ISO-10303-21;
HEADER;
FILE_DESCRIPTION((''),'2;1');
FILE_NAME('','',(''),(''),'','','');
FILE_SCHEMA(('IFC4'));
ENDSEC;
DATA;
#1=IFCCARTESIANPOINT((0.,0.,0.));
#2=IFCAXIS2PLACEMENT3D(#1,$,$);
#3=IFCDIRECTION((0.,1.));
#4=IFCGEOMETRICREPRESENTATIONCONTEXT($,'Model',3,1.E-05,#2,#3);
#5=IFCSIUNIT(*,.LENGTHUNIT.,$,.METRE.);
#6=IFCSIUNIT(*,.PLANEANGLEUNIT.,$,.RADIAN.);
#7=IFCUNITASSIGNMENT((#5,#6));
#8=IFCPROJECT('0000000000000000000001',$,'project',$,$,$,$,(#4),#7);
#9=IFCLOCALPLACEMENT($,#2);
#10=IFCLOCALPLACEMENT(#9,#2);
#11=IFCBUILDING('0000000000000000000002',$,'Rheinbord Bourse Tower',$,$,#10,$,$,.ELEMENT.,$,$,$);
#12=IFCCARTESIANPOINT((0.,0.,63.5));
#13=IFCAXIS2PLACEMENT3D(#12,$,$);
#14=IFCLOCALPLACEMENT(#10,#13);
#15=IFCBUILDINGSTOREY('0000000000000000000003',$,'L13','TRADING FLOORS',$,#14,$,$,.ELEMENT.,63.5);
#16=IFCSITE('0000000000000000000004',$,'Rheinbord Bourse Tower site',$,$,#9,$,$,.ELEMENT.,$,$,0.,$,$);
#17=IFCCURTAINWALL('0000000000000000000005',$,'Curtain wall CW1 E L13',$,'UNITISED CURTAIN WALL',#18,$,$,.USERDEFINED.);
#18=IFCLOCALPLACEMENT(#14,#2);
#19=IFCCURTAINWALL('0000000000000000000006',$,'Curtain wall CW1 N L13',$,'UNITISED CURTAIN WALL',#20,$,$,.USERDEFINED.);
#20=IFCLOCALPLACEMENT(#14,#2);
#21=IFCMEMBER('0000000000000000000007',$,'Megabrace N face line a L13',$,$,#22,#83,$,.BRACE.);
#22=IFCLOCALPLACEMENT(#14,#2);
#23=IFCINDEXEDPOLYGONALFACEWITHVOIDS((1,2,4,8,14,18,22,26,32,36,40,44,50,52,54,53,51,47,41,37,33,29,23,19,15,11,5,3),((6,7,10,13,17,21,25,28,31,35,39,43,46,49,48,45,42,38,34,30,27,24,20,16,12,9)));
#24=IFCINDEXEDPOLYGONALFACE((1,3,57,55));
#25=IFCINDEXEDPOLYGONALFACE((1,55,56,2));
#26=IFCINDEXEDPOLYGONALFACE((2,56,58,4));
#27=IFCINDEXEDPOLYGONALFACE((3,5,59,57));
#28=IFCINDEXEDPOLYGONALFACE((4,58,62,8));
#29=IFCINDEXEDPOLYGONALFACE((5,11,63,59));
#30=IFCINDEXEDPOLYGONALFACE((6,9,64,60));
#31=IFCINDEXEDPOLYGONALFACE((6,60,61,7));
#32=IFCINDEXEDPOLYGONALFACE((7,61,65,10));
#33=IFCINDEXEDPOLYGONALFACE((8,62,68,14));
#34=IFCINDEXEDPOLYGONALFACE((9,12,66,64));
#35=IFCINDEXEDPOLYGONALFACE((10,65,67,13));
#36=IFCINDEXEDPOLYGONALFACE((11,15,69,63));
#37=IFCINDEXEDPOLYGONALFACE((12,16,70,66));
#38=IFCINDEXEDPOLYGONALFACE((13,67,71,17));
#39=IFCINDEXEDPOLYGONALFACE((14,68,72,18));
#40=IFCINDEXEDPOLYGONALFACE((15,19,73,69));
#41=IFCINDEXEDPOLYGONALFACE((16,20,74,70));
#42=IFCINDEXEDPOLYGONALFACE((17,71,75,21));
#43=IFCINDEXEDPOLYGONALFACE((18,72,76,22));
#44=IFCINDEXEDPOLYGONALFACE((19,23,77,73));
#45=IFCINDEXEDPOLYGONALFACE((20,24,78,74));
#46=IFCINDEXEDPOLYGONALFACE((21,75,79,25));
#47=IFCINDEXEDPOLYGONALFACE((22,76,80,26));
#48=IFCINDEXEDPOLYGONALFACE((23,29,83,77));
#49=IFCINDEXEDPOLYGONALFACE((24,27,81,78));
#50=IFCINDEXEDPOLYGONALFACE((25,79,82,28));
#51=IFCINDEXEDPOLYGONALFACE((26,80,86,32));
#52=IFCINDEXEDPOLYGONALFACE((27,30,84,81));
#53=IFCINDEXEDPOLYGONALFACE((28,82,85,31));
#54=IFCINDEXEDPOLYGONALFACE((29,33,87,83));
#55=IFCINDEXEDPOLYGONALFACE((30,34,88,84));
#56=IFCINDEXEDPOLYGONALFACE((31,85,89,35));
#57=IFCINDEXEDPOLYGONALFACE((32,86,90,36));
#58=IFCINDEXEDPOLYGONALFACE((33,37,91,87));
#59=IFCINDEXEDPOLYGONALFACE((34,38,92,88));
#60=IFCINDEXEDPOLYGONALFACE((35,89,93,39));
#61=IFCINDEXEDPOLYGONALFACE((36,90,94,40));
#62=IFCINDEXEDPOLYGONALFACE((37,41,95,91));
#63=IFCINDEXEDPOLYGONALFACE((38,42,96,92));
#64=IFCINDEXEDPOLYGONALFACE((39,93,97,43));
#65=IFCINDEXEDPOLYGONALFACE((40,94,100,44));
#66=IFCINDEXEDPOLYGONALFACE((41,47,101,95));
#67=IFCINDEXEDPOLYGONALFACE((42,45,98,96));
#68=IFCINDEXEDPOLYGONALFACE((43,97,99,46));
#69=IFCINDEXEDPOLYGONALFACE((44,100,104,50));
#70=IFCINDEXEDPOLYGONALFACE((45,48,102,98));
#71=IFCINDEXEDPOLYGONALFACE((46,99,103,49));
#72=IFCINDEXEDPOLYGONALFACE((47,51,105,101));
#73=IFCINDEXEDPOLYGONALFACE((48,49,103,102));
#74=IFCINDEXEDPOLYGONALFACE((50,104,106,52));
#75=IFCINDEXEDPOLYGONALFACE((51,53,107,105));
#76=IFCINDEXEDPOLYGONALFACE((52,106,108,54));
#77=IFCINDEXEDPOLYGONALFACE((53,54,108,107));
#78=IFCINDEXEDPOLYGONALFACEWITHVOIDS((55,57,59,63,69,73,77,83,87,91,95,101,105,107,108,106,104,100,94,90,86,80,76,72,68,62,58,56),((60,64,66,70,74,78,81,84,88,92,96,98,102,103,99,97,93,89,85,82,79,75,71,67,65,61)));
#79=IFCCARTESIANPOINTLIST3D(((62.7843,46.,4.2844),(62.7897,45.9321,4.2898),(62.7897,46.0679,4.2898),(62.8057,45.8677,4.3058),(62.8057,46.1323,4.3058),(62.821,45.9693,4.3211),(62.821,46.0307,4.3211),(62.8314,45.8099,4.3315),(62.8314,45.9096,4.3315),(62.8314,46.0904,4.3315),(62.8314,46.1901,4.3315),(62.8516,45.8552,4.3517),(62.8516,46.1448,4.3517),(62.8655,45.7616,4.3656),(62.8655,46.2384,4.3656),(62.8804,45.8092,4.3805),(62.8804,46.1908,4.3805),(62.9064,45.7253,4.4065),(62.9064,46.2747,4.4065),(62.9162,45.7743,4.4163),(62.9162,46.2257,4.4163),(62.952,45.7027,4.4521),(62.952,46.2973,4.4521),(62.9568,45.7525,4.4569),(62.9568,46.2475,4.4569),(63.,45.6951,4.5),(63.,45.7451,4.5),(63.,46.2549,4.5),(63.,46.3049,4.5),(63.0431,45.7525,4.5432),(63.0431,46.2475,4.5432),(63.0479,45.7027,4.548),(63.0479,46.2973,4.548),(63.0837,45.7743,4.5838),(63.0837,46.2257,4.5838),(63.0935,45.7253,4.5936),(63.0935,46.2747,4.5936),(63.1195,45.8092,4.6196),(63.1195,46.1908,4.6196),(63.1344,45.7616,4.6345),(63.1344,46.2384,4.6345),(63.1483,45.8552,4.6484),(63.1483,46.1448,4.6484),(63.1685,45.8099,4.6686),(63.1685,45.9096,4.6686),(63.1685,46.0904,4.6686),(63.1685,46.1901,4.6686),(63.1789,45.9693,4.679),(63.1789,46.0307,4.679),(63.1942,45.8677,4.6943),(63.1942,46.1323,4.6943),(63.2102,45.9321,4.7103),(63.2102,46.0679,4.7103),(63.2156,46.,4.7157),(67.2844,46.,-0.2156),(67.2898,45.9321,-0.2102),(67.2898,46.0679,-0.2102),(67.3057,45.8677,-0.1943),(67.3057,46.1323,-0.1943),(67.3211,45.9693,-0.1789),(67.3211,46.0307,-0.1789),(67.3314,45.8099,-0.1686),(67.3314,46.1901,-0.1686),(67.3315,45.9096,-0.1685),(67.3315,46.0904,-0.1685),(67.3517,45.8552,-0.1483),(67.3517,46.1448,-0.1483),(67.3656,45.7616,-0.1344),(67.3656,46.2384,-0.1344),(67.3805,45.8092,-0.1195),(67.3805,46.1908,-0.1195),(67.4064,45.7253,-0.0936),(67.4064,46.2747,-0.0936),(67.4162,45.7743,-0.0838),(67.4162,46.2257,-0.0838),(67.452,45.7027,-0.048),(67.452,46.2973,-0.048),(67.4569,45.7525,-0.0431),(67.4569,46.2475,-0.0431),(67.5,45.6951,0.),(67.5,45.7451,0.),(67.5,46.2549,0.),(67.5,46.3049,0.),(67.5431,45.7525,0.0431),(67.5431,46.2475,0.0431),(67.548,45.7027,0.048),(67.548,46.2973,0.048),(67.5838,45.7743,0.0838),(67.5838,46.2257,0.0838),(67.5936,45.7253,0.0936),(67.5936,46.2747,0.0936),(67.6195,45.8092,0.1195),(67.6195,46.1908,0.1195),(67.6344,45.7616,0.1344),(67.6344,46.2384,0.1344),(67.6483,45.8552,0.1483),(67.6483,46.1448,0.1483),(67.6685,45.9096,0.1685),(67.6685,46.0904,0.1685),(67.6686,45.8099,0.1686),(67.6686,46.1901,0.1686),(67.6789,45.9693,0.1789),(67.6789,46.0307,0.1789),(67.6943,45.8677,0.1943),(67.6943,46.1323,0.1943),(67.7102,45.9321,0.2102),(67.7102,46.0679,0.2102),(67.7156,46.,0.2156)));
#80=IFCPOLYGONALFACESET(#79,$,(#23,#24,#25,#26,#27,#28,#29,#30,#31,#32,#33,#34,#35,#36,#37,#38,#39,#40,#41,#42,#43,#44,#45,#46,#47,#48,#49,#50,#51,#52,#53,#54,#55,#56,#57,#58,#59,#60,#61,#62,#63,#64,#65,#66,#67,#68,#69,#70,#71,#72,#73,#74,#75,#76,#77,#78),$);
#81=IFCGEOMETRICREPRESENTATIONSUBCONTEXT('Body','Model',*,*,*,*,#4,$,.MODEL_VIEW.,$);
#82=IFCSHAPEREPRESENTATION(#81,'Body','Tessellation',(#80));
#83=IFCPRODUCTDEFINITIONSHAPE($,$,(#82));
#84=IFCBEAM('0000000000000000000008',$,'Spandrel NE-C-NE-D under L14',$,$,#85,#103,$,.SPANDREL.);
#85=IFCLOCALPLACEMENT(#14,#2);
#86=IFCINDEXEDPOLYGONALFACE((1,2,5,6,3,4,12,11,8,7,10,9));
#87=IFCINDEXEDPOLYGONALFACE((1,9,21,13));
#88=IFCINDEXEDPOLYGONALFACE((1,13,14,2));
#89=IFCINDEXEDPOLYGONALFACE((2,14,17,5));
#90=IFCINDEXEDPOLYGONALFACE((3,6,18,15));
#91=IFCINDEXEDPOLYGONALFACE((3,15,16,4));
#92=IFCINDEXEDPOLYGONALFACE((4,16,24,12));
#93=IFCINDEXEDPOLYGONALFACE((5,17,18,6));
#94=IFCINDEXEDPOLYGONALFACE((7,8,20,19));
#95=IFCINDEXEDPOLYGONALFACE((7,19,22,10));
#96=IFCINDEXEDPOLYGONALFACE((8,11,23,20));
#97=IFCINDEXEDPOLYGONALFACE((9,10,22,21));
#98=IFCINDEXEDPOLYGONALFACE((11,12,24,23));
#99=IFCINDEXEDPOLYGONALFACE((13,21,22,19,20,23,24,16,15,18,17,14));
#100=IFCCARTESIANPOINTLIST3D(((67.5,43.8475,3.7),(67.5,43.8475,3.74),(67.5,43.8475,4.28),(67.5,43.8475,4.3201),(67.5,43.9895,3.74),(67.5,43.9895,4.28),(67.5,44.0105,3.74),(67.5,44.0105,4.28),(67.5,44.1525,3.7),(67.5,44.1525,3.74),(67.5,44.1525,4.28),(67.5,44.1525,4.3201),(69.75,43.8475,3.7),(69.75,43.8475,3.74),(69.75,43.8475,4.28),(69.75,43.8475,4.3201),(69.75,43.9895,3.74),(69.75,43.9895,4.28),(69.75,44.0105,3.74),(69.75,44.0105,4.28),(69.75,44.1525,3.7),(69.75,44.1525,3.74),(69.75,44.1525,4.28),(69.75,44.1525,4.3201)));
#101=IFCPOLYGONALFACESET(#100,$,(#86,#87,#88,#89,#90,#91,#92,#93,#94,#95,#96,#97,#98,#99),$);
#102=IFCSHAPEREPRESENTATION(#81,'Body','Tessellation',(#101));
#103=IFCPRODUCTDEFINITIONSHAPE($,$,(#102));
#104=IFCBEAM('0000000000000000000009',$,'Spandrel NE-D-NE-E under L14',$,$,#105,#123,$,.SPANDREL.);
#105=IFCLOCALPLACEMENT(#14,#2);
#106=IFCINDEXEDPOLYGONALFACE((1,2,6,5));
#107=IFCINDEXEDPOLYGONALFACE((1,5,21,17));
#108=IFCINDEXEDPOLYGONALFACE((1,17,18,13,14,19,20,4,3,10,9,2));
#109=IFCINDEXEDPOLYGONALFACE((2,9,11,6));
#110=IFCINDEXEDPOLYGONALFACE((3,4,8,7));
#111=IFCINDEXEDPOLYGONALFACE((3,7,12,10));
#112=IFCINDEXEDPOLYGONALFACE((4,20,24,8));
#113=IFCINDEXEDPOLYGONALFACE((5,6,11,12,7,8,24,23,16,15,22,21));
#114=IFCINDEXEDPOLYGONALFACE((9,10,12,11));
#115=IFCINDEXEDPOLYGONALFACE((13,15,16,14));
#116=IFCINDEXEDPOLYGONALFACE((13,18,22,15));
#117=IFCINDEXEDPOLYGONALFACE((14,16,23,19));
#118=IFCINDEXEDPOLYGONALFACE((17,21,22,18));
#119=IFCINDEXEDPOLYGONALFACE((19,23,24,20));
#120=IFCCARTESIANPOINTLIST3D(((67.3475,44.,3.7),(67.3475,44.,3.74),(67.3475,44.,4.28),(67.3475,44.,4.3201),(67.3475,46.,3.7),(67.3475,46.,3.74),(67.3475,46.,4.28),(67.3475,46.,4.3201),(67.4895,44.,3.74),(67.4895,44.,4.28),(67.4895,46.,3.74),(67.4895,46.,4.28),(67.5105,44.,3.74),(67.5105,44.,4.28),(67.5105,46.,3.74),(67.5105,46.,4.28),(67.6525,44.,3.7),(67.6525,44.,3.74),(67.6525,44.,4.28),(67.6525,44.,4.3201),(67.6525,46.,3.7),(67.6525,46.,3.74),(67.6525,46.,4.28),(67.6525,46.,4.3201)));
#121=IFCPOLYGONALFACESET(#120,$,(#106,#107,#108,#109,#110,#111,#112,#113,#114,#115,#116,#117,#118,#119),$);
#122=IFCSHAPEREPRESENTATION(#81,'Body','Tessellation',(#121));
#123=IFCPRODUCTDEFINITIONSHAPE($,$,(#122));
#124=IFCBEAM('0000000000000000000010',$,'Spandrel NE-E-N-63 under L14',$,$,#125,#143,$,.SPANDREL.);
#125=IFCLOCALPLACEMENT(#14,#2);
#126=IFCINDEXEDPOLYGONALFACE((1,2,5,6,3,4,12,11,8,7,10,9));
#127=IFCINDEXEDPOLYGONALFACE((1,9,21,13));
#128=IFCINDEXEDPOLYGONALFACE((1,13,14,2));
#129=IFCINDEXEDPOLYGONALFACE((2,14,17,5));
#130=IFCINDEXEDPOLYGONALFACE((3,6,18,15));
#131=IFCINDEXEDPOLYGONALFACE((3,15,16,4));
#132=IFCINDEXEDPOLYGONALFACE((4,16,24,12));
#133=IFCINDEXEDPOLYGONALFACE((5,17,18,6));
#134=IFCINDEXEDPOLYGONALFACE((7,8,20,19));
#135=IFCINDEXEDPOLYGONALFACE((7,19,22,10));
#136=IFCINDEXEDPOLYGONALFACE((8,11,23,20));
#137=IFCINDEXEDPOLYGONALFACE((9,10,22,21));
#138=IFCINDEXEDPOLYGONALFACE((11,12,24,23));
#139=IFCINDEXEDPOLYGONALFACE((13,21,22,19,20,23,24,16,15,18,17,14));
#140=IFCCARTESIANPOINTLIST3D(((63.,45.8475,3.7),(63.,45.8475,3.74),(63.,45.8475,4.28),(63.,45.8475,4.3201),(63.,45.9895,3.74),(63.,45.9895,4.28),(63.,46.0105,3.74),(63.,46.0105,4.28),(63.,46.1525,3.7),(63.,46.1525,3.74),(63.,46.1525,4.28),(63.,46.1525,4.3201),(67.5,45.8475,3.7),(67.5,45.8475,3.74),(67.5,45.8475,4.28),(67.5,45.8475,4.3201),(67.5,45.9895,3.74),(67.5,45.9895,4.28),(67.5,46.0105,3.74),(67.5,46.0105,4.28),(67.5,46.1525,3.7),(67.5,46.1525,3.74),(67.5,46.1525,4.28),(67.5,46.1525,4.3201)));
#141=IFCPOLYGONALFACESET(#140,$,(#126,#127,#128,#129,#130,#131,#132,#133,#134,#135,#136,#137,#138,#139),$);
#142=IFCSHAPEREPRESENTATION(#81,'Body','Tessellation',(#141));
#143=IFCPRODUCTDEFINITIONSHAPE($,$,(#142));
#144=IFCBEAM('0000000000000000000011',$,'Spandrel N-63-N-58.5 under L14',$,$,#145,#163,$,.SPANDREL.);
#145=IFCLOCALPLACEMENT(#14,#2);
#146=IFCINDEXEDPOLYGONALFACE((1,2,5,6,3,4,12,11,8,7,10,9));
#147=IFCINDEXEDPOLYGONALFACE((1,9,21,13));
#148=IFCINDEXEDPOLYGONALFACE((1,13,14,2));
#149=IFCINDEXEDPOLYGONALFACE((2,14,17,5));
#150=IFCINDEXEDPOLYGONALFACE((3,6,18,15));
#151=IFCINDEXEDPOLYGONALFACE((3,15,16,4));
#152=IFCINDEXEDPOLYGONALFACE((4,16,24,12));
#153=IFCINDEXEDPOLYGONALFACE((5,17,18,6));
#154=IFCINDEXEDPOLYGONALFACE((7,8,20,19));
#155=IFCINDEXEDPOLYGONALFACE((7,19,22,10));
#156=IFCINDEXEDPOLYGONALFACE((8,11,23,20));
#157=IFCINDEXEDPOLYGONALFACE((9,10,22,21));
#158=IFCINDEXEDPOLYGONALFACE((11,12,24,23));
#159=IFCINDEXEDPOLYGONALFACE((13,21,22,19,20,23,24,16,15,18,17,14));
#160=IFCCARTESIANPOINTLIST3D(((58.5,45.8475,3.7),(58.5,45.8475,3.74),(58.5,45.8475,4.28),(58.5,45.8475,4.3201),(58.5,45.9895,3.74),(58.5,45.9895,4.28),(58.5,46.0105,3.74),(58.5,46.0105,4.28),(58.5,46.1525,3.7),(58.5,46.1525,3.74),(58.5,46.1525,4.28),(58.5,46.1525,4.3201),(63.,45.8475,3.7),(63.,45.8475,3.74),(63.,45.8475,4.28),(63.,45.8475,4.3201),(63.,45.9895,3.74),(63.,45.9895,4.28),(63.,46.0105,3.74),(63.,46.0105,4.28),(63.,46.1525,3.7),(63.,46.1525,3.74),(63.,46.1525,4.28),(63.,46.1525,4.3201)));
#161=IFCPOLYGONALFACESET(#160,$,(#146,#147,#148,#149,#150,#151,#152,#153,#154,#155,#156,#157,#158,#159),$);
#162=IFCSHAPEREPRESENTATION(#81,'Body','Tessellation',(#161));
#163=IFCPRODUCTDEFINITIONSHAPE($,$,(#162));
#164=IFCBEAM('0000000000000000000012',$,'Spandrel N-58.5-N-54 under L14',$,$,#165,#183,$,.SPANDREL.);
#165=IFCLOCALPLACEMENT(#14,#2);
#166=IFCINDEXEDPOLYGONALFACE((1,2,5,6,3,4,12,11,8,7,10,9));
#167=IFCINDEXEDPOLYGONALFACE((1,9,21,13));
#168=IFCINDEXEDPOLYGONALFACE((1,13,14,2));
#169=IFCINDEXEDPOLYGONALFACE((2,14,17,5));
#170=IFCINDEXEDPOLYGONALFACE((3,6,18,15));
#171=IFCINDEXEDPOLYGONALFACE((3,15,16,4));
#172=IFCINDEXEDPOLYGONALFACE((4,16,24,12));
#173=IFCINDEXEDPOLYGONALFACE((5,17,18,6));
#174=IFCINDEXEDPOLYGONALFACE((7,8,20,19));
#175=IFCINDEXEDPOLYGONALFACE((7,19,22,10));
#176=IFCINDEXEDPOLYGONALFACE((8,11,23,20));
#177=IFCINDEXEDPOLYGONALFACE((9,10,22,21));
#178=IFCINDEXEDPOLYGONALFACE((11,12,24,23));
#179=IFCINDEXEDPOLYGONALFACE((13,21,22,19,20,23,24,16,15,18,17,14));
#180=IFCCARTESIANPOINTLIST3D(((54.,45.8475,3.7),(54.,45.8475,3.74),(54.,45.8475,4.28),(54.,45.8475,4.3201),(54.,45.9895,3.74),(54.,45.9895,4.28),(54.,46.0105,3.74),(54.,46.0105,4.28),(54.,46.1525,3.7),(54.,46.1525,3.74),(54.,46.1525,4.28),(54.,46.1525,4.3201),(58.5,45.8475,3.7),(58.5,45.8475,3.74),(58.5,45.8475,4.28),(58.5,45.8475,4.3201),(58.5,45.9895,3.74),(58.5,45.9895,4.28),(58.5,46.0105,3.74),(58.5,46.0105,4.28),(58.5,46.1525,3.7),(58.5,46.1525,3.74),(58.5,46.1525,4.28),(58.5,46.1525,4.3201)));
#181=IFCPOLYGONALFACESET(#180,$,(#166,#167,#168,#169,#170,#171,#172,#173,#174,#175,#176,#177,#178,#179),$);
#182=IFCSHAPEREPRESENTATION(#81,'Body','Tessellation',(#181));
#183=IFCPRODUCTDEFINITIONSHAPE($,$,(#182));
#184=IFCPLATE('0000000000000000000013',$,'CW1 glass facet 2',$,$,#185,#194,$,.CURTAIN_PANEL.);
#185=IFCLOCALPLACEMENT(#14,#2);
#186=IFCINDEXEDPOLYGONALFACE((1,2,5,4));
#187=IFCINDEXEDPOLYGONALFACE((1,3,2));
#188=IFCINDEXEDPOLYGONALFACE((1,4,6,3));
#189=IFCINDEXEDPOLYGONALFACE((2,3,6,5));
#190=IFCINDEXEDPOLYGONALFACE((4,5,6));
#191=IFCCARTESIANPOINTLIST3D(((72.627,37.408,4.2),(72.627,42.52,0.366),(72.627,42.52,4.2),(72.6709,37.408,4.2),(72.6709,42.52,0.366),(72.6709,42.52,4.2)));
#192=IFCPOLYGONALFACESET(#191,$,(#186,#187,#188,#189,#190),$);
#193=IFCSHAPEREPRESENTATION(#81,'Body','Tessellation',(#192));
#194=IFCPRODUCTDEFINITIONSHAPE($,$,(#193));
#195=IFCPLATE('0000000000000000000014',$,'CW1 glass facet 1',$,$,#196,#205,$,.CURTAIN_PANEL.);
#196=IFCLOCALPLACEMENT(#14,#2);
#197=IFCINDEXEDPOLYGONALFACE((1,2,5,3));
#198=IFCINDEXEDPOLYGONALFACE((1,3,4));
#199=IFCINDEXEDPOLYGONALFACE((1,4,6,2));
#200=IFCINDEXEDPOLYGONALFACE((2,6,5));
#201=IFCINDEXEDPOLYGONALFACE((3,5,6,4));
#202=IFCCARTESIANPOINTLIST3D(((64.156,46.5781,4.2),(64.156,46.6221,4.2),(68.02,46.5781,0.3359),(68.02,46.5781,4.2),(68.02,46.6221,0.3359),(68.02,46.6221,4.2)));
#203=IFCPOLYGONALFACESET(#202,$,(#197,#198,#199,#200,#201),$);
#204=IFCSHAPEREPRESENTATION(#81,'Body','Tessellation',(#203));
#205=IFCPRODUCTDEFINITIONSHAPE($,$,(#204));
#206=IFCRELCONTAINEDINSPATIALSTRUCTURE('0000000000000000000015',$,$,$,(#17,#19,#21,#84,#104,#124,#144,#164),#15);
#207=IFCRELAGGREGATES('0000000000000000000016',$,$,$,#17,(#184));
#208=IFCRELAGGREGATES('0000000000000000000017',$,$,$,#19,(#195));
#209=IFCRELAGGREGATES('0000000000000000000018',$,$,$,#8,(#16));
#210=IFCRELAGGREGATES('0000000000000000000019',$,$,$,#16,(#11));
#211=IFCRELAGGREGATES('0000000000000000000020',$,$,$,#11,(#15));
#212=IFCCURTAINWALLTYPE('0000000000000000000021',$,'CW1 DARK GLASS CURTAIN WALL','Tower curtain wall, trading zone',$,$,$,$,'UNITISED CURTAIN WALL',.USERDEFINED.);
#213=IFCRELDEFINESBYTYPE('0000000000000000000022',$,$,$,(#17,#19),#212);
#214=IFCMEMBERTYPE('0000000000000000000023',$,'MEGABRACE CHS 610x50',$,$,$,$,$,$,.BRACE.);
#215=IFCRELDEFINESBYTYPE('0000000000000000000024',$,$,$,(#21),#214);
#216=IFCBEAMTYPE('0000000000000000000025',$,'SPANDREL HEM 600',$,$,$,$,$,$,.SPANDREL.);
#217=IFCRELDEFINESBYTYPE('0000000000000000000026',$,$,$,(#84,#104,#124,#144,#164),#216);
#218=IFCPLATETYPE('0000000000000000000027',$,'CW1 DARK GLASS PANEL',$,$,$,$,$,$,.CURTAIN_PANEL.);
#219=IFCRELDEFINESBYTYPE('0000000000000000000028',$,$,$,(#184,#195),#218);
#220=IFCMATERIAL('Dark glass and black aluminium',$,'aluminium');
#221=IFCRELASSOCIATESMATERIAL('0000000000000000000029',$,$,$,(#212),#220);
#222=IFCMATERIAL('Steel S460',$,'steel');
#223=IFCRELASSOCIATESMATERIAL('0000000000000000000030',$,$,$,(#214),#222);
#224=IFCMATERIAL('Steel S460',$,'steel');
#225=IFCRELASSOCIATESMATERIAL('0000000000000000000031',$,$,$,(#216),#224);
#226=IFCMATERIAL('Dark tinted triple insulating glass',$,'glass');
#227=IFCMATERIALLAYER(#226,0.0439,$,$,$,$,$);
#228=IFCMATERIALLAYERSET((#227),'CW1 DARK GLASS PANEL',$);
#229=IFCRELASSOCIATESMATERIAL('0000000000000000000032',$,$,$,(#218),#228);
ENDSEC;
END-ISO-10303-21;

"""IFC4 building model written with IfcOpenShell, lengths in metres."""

from ifc_helpers import new_model, si_unit, direction, frame, origin, origin_2d, place, context, subcontext, project, spatial, polyline, hollow_circle, i_section, outline, extrude, material, layer, layer_set, material_profile, profile_set, type_object, element, aggregate, save


model = new_model("IFC4")

# Units and contexts
model_context = context("Model", 3, precision=1e-05, world=origin(), true_north=direction((0.0, 1.0)))
body_context = subcontext(model_context, "Body", "Model", "MODEL_VIEW")
ifc_project = project(units=[si_unit("LENGTHUNIT", "METRE"), si_unit("PLANEANGLEUNIT", "RADIAN")], contexts=[model_context])

# Site, building, storey
site_placement = place(None, origin())
site = spatial("IfcSite", under=ifc_project, at=site_placement, Name="Rheinbord Bourse Tower site", CompositionType="ELEMENT", RefElevation=0.0)
building_placement = place(site_placement, origin())
building = spatial("IfcBuilding", under=site, at=building_placement, Name="Rheinbord Bourse Tower", CompositionType="ELEMENT")
storey_placement = place(building_placement, frame((0.0, 0.0, 63.5)))
storey = spatial("IfcBuildingStorey", under=building, at=storey_placement, Name="L13", Description="TRADING FLOORS", CompositionType="ELEMENT", Elevation=63.5)

# Curtain walls
ifc_material_1 = material(Name="Dark glass and black aluminium", Category="aluminium")
curtain_wall_type = type_object("IfcCurtainWallType", Name="CW1 DARK GLASS CURTAIN WALL", Description="Tower curtain wall, trading zone", ElementType="UNITISED CURTAIN WALL", PredefinedType="USERDEFINED", material=ifc_material_1)
curtain_wall_1_placement = place(storey_placement, origin())
curtain_wall_1 = element("IfcCurtainWall", 1, at=curtain_wall_1_placement, inside=storey, type_object=curtain_wall_type, Name="Curtain wall CW1 E L13", ObjectType="UNITISED CURTAIN WALL", PredefinedType="USERDEFINED")
curtain_wall_2_placement = place(storey_placement, origin())
curtain_wall_2 = element("IfcCurtainWall", 2, at=curtain_wall_2_placement, inside=storey, type_object=curtain_wall_type, Name="Curtain wall CW1 N L13", ObjectType="UNITISED CURTAIN WALL", PredefinedType="USERDEFINED")

# Member
ifc_material_2 = material(Name="Steel S460", Category="steel")
ifc_material_profile_1 = material_profile(ifc_material_2, hollow_circle(Radius=0.3049, WallThickness=0.05, at=origin_2d()), Name="CHS 610x50")
ifc_profile_set_1 = profile_set([ifc_material_profile_1], Name="Steel S460")
member_type_1 = type_object("IfcMemberType", Name="MEGABRACE CHS 610x50", PredefinedType="BRACE", material=ifc_profile_set_1)
member_1_placement = place(storey_placement, frame((67.5, 46.0, 0.0), z_axis=(-0.707107, 0.0, 0.707107), x_axis=(0.0, -1.0, 0.0)))
element("IfcMember", 3, at=member_1_placement, inside=storey, type_object=member_type_1, Name="Megabrace N face line a L13", PredefinedType="BRACE", context=body_context, shape_type="SweptSolid", body=[
    extrude(hollow_circle(Radius=0.3049, WallThickness=0.05, at=origin_2d()), origin(), (0.0, 0.0, 1.0), 6.364),
])

# Beams
ifc_material_3 = material(Name="Steel S460", Category="steel")
ifc_material_profile_2 = material_profile(ifc_material_3, i_section(OverallWidth=0.3049, OverallDepth=0.6201, WebThickness=0.021, FlangeThickness=0.04, at=origin_2d()), Name="HEM 600")
ifc_profile_set_2 = profile_set([ifc_material_profile_2], Name="Steel S460")
beam_type_1 = type_object("IfcBeamType", Name="SPANDREL HEM 600", PredefinedType="SPANDREL", material=ifc_profile_set_2)
beam_1_placement = place(storey_placement, frame((69.75, 44.0, 4.01), z_axis=(-1.0, 0.0, 0.0), x_axis=(0.0, -1.0, 0.0)))
element("IfcBeam", 4, at=beam_1_placement, inside=storey, type_object=beam_type_1, Name="Spandrel NE-C-NE-D under L14", PredefinedType="SPANDREL", context=body_context, shape_type="SweptSolid", body=[
    extrude(i_section(OverallWidth=0.3049, OverallDepth=0.6201, WebThickness=0.021, FlangeThickness=0.04, at=origin_2d()), origin(), (0.0, 0.0, 1.0), 2.25),
])
beam_2_placement = place(storey_placement, frame((67.5, 44.0, 4.01), z_axis=(0.0, 1.0, 0.0), x_axis=(-1.0, 0.0, 0.0)))
element("IfcBeam", 5, at=beam_2_placement, inside=storey, type_object=beam_type_1, Name="Spandrel NE-D-NE-E under L14", PredefinedType="SPANDREL", context=body_context, shape_type="SweptSolid", body=[
    extrude(i_section(OverallWidth=0.3049, OverallDepth=0.6201, WebThickness=0.021, FlangeThickness=0.04, at=origin_2d()), origin(), (0.0, 0.0, 1.0), 2.0),
])
for number, where, z_axis, x_axis, name in (
    (6, (67.5, 46.0, 4.01), (-1.0, 0.0, 0.0), (0.0, -1.0, 0.0), "Spandrel NE-E-N-63 under L14"),
    (7, (63.0, 46.0, 4.01), (-1.0, 0.0, 0.0), (0.0, -1.0, 0.0), "Spandrel N-63-N-58.5 under L14"),
    (8, (58.5, 46.0, 4.01), (-1.0, 0.0, 0.0), (0.0, -1.0, 0.0), "Spandrel N-58.5-N-54 under L14"),
):
    element("IfcBeam", number, at=place(storey_placement, frame(where, z_axis=z_axis, x_axis=x_axis)), inside=storey, type_object=beam_type_1, Name=name, PredefinedType="SPANDREL", context=body_context, shape_type="SweptSolid", body=[
        extrude(i_section(OverallWidth=0.3049, OverallDepth=0.6201, WebThickness=0.021, FlangeThickness=0.04, at=origin_2d()), origin(), (0.0, 0.0, 1.0), 4.5),
    ])

# Plates
ifc_material_4 = material(Name="Dark tinted triple insulating glass", Category="glass")
ifc_layer_1 = layer(ifc_material_4, 0.0439)
ifc_layer_set_1 = layer_set([ifc_layer_1], Name="CW1 DARK GLASS PANEL")
plate_type = type_object("IfcPlateType", Name="CW1 DARK GLASS PANEL", PredefinedType="CURTAIN_PANEL", material=ifc_layer_set_1)
plate_1_placement = place(storey_placement, frame((72.6709, 42.52, 4.2), z_axis=(-1.0, 0.0, 0.0), x_axis=(0.0, 0.0, -1.0)))
plate_1 = element("IfcPlate", 9, at=plate_1_placement, type_object=plate_type, Name="CW1 glass facet 2", PredefinedType="CURTAIN_PANEL", context=body_context, shape_type="SweptSolid", body=[
    extrude(outline(polyline([(0.0, 0.0), (3.834, 0.0), (0.0, 5.1121), (0.0, 0.0)])), origin(), (0.0, 0.0, 1.0), 0.0439),
])
aggregate(curtain_wall_1, [plate_1])
plate_2_placement = place(storey_placement, frame((68.02, 46.6221, 4.2), z_axis=(0.0, -1.0, 0.0), x_axis=(-1.0, 0.0, 0.0)))
plate_2 = element("IfcPlate", 10, at=plate_2_placement, type_object=plate_type, Name="CW1 glass facet 1", PredefinedType="CURTAIN_PANEL", context=body_context, shape_type="SweptSolid", body=[
    extrude(outline(polyline([(0.0, 0.0), (3.864, 0.0), (0.0, 3.864), (0.0, 0.0)])), origin(), (0.0, 0.0, 1.0), 0.0439),
])
aggregate(curtain_wall_2, [plate_2])

save(model, "model.ifc")
